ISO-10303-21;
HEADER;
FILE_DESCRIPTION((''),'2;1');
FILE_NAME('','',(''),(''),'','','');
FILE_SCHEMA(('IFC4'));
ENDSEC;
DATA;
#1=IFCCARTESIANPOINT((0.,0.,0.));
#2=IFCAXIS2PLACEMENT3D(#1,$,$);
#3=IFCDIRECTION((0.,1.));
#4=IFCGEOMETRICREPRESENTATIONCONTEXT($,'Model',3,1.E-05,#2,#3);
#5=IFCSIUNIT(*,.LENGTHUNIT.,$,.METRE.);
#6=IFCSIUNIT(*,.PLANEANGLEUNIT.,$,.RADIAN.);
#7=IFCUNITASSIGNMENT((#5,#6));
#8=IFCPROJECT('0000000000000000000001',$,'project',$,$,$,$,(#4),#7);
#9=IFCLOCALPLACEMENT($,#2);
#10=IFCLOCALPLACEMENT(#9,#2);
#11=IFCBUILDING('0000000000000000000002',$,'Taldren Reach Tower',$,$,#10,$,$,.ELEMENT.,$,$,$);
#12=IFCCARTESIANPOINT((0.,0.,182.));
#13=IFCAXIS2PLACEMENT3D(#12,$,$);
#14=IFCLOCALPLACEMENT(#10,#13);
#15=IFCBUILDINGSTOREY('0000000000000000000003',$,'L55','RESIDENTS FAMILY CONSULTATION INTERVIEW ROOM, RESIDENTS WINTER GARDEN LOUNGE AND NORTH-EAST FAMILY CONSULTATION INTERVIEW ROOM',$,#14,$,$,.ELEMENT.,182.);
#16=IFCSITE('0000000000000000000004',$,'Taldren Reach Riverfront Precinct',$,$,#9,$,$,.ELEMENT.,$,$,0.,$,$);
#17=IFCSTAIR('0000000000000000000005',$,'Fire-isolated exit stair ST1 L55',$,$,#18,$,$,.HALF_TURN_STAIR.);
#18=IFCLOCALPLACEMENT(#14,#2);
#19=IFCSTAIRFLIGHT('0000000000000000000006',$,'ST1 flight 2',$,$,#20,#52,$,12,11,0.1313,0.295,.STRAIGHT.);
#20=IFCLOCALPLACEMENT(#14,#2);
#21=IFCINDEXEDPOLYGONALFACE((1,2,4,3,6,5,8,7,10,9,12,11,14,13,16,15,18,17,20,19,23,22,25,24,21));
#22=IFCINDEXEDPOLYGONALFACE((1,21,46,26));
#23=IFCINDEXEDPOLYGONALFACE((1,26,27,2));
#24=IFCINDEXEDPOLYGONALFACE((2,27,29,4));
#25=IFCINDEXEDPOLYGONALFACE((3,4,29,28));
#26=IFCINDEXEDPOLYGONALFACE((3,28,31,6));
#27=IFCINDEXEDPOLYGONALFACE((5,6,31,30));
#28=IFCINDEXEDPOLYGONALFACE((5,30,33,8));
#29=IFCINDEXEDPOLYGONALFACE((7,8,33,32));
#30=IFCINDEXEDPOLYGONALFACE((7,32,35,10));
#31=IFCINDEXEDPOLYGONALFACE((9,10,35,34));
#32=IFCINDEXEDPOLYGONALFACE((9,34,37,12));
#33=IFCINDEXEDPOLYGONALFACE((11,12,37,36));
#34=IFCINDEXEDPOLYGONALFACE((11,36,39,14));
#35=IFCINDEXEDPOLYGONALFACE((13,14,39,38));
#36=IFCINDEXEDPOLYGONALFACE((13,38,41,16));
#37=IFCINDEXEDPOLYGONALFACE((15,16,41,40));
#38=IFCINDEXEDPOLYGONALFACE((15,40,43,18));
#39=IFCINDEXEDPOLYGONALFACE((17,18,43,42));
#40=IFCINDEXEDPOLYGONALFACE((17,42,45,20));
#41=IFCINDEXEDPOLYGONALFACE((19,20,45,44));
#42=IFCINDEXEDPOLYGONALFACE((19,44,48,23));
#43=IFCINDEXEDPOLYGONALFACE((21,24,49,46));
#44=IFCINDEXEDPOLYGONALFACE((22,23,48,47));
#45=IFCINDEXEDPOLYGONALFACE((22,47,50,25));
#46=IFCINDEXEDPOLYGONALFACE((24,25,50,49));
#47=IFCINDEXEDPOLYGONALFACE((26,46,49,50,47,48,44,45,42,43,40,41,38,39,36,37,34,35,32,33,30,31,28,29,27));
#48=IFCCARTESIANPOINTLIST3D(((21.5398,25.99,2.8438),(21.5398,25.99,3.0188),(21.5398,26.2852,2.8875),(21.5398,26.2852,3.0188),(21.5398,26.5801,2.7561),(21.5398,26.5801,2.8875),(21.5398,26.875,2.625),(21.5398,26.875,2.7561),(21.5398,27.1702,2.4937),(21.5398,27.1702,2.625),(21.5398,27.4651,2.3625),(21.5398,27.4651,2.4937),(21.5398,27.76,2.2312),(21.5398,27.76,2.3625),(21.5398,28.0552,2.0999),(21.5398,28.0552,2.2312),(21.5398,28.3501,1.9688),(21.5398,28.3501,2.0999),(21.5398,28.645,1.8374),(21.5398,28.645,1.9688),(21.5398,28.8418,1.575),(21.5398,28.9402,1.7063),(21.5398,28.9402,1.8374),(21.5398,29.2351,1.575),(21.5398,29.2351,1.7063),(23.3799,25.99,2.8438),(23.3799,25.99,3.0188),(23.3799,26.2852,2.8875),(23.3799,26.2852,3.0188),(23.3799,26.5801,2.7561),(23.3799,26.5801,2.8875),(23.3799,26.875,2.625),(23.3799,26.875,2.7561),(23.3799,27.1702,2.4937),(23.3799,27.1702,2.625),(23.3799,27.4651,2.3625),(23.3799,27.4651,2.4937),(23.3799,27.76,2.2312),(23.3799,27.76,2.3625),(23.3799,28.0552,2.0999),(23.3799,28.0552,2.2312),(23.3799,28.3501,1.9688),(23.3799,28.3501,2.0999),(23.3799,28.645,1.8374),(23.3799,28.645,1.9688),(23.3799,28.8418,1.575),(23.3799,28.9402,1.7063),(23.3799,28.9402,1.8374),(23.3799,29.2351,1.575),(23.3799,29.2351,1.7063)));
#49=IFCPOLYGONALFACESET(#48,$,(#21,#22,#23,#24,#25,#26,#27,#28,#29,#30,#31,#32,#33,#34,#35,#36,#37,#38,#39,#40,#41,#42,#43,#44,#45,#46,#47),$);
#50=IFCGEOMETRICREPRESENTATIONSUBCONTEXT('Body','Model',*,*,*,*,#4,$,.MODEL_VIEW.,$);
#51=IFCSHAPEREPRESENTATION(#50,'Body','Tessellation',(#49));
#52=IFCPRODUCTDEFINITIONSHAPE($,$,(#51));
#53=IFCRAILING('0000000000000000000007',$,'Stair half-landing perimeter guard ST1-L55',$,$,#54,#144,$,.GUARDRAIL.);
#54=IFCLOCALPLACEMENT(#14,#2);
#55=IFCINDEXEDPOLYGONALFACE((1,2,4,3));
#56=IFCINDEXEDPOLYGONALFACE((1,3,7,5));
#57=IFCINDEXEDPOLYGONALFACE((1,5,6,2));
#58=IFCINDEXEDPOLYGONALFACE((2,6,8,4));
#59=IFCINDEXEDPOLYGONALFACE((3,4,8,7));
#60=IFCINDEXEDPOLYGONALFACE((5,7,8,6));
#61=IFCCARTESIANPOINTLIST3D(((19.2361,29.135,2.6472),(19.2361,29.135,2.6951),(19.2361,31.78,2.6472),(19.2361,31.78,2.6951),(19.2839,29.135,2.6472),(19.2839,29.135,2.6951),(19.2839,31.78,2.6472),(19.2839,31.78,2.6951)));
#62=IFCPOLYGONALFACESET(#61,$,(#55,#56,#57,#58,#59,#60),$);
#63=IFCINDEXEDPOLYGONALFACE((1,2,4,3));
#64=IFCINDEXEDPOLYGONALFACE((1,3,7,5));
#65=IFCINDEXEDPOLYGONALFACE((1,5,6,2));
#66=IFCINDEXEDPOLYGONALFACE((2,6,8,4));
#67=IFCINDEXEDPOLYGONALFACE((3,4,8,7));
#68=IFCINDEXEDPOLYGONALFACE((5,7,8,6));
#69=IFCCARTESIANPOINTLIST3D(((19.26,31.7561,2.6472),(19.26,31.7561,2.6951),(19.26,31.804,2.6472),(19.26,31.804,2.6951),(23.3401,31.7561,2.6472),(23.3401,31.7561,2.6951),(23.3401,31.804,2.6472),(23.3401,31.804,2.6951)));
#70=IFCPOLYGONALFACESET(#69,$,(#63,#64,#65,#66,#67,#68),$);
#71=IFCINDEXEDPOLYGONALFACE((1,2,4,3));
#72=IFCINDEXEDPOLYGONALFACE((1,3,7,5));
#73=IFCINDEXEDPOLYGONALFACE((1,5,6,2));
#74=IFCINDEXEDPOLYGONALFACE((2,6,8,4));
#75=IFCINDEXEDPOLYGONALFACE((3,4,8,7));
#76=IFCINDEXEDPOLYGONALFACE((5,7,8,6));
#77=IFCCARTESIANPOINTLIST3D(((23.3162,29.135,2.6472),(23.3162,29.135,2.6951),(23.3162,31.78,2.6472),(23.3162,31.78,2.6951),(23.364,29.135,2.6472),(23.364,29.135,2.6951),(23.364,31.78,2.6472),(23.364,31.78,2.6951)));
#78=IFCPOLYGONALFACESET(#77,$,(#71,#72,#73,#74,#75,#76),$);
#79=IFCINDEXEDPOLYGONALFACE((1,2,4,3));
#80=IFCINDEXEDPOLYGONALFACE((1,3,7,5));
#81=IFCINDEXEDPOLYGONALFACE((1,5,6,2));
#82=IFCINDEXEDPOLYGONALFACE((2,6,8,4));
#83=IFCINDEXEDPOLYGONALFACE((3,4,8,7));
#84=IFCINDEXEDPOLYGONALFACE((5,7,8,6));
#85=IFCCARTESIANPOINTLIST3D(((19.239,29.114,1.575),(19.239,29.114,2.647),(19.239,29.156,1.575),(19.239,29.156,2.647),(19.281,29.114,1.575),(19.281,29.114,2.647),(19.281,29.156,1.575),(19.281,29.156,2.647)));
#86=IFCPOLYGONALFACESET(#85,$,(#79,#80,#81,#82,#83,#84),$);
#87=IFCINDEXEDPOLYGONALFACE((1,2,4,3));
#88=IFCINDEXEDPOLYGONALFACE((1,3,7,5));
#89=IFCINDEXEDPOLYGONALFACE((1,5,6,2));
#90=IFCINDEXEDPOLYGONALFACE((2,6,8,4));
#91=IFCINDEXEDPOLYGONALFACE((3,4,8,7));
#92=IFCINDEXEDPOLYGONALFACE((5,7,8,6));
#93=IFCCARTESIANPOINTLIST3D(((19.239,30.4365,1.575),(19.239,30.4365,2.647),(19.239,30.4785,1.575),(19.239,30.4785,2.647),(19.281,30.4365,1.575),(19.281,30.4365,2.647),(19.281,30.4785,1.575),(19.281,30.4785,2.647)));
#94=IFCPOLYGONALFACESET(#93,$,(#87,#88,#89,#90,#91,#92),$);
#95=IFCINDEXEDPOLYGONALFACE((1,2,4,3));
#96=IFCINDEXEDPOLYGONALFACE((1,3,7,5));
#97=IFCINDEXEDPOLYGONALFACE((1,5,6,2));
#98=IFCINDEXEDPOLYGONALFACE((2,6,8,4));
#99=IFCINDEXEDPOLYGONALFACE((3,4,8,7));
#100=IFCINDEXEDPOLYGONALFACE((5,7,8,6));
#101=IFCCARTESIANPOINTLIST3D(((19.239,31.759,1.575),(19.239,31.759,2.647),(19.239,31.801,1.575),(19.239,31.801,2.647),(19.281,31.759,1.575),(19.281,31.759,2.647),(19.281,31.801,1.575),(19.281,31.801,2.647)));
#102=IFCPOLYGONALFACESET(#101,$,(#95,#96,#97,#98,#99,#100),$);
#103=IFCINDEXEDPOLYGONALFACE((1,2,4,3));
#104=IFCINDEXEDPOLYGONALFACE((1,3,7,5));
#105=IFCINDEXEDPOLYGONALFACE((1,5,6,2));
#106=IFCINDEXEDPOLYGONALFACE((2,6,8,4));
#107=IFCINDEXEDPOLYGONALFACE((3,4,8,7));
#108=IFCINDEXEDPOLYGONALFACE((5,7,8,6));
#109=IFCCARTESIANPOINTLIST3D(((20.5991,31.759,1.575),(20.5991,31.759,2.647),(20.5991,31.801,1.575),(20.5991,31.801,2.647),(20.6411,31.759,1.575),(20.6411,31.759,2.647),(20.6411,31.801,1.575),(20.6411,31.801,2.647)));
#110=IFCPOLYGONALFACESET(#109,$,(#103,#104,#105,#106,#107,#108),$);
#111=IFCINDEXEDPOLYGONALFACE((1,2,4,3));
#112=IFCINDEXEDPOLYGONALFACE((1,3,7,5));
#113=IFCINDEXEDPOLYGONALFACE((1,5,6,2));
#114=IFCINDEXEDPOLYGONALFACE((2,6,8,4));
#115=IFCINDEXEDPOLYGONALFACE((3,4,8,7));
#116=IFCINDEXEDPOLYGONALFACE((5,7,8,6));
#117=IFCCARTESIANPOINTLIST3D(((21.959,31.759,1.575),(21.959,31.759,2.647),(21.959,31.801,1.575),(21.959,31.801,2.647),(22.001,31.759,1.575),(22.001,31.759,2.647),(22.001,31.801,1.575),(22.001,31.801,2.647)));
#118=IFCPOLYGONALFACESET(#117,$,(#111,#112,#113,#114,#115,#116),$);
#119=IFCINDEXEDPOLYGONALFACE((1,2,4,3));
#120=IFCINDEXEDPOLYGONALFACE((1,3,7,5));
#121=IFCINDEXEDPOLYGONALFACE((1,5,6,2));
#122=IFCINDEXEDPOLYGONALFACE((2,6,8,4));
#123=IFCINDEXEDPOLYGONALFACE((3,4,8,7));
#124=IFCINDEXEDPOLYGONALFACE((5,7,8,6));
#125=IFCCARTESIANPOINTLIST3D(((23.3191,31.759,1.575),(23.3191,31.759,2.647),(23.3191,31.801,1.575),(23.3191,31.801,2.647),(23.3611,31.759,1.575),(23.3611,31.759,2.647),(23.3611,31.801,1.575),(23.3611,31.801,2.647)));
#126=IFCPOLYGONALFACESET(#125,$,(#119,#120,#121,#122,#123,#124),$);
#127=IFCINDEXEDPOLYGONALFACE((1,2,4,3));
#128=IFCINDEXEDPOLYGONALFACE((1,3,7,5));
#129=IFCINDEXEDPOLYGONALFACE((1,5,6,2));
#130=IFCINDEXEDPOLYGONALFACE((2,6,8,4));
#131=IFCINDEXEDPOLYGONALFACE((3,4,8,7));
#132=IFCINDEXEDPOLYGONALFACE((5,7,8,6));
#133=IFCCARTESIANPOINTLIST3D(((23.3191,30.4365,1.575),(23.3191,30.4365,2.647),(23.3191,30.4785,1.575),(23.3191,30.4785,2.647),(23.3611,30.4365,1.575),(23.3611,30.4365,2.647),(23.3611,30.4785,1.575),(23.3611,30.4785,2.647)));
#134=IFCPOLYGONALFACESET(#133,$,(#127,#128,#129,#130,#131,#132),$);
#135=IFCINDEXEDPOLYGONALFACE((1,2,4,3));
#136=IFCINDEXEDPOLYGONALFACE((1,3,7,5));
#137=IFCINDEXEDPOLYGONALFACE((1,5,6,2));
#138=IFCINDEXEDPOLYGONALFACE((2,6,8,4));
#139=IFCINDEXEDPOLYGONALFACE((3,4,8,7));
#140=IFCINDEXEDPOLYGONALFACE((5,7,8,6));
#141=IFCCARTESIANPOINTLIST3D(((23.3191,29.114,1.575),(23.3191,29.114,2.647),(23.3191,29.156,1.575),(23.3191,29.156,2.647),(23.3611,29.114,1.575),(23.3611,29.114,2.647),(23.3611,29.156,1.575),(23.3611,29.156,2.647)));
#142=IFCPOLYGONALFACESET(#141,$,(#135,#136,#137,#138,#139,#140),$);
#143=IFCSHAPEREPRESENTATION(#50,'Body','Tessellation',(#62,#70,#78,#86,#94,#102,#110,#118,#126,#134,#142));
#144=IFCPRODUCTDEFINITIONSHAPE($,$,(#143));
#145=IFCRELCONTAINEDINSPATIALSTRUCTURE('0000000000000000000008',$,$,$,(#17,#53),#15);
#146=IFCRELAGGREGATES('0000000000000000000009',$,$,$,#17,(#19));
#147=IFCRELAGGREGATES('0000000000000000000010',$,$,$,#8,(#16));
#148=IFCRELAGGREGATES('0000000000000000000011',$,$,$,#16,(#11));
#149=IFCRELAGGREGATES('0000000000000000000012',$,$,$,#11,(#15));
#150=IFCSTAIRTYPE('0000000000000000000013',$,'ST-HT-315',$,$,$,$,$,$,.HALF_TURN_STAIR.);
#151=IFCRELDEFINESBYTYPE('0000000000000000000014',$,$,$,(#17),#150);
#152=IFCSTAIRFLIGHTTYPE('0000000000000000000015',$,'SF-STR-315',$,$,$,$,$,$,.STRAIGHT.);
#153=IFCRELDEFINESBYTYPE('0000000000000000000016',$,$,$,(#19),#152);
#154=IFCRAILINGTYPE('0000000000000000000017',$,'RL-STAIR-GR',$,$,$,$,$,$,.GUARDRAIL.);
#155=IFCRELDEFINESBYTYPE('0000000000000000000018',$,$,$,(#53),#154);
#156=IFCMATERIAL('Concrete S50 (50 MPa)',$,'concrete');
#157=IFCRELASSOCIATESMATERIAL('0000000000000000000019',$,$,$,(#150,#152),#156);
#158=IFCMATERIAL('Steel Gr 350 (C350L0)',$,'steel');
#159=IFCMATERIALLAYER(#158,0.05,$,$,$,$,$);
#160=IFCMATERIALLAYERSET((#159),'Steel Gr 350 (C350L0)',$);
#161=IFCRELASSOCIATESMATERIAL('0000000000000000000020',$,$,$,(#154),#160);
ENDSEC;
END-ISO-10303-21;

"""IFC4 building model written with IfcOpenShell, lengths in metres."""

from ifc_helpers import new_model, si_unit, direction, frame, origin, origin_2d, place, context, subcontext, project, spatial, polyline, rectangle, outline, extrude, material, layer, layer_set, type_object, element, aggregate, save


model = new_model("IFC4")

# Units and contexts
model_context = context("Model", 3, precision=1e-05, world=origin(), true_north=direction((0.0, 1.0)))
body_context = subcontext(model_context, "Body", "Model", "MODEL_VIEW")
ifc_project = project(units=[si_unit("LENGTHUNIT", "METRE"), si_unit("PLANEANGLEUNIT", "RADIAN")], contexts=[model_context])

# Site, building, storey
site_placement = place(None, origin())
site = spatial("IfcSite", under=ifc_project, at=site_placement, Name="Taldren Reach Riverfront Precinct", CompositionType="ELEMENT", RefElevation=0.0)
building_placement = place(site_placement, origin())
building = spatial("IfcBuilding", under=site, at=building_placement, Name="Taldren Reach Tower", CompositionType="ELEMENT")
storey_placement = place(building_placement, frame((0.0, 0.0, 182.0)))
storey = spatial("IfcBuildingStorey", under=building, at=storey_placement, Name="L55", Description="RESIDENTS FAMILY CONSULTATION INTERVIEW ROOM, RESIDENTS WINTER GARDEN LOUNGE AND NORTH-EAST FAMILY CONSULTATION INTERVIEW ROOM", CompositionType="ELEMENT", Elevation=182.0)

# Shared definitions
ifc_material_1 = material(Name="Steel Gr 350 (C350L0)", Category="steel")

# Stair, stair flight
ifc_material_2 = material(Name="Concrete S50 (50 MPa)", Category="concrete")
stair_type = type_object("IfcStairType", Name="ST-HT-315", PredefinedType="HALF_TURN_STAIR", material=ifc_material_2)
stair_placement = place(storey_placement, origin())
stair = element("IfcStair", 1, at=stair_placement, inside=storey, type_object=stair_type, Name="Fire-isolated exit stair ST1 L55", PredefinedType="HALF_TURN_STAIR")
stair_flight_type = type_object("IfcStairFlightType", Name="SF-STR-315", PredefinedType="STRAIGHT", material=ifc_material_2)
stair_flight_1_placement = place(storey_placement, frame((22.46, 29.2351, 1.575), z_axis=(0.0, 0.0, 1.0), x_axis=(0.0, -1.0, 0.0)))
stair_flight_1 = element("IfcStairFlight", 2, at=stair_flight_1_placement, type_object=stair_flight_type, Name="ST1 flight 2", NumberOfRisers=12, NumberOfTreads=11, PredefinedType="STRAIGHT", RiserHeight=0.1313, TreadLength=0.295, context=body_context, shape_type="SweptSolid", body=[
    extrude(outline(polyline([(0.0, 0.0), (0.0, 0.1313), (0.2949, 0.1313), (0.2949, 0.2625), (0.5901, 0.2625), (0.5901, 0.3938), (0.885, 0.3938), (0.885, 0.5249), (1.1799, 0.5249), (1.1799, 0.6562), (1.4751, 0.6562), (1.4751, 0.7876), (1.77, 0.7876), (1.77, 0.9187), (2.0649, 0.9187), (2.0649, 1.05), (2.3601, 1.05), (2.3601, 1.1812), (2.655, 1.1812), (2.655, 1.3125), (2.95, 1.3125), (2.95, 1.4438), (3.2451, 1.4438), (3.2451, 1.575), (3.2451, 1.2688), (0.3933, 0.0), (0.0, 0.0)])), frame((0.0, 0.9199, 0.0), z_axis=(0.0, -1.0, 0.0), x_axis=(1.0, 0.0, 0.0)), (0.0, 0.0, 1.0), 1.8401),
])
aggregate(stair, [stair_flight_1])

# Railing
ifc_layer_1 = layer(ifc_material_1, 0.05)
ifc_layer_set_1 = layer_set([ifc_layer_1], Name="Steel Gr 350 (C350L0)")
railing_type_1 = type_object("IfcRailingType", Name="RL-STAIR-GR", PredefinedType="GUARDRAIL", material=ifc_layer_set_1)
railing_1_placement = place(storey_placement, frame((19.26, 29.135, 1.575)))
element("IfcRailing", 3, at=railing_1_placement, inside=storey, type_object=railing_type_1, Name="Stair half-landing perimeter guard ST1-L55", PredefinedType="GUARDRAIL", context=body_context, shape_type="SweptSolid", body=[
    extrude(rectangle(XDim=0.0479, YDim=0.0479, at=origin_2d()), frame((0.0, 0.0, 1.0962), z_axis=(0.0, 1.0, 0.0), x_axis=(-1.0, 0.0, 0.0)), (0.0, 0.0, 1.0), 2.645),
    extrude(rectangle(XDim=0.0479, YDim=0.0479, at=origin_2d()), frame((0.0, 2.645, 1.0962), z_axis=(1.0, 0.0, 0.0), x_axis=(0.0, 1.0, 0.0)), (0.0, 0.0, 1.0), 4.0801),
    extrude(rectangle(XDim=0.0479, YDim=0.0479, at=origin_2d()), frame((4.0801, 2.645, 1.0962), z_axis=(0.0, -1.0, 0.0), x_axis=(1.0, 0.0, 0.0)), (0.0, 0.0, 1.0), 2.645),
    extrude(rectangle(XDim=0.042, YDim=0.042, at=origin_2d()), origin(), (0.0, 0.0, 1.0), 1.072),
    extrude(rectangle(XDim=0.042, YDim=0.042, at=origin_2d()), frame((0.0, 1.3225, 0.0)), (0.0, 0.0, 1.0), 1.072),
    extrude(rectangle(XDim=0.042, YDim=0.042, at=origin_2d()), frame((0.0, 2.645, 0.0)), (0.0, 0.0, 1.0), 1.072),
    extrude(rectangle(XDim=0.042, YDim=0.042, at=origin_2d()), frame((1.3601, 2.645, 0.0)), (0.0, 0.0, 1.0), 1.072),
    extrude(rectangle(XDim=0.042, YDim=0.042, at=origin_2d()), frame((2.72, 2.645, 0.0)), (0.0, 0.0, 1.0), 1.072),
    extrude(rectangle(XDim=0.042, YDim=0.042, at=origin_2d()), frame((4.0801, 2.645, 0.0)), (0.0, 0.0, 1.0), 1.072),
    extrude(rectangle(XDim=0.042, YDim=0.042, at=origin_2d()), frame((4.0801, 1.3225, 0.0)), (0.0, 0.0, 1.0), 1.072),
    extrude(rectangle(XDim=0.042, YDim=0.042, at=origin_2d()), frame((4.0801, 0.0, 0.0)), (0.0, 0.0, 1.0), 1.072),
])

save(model, "model.ifc")
